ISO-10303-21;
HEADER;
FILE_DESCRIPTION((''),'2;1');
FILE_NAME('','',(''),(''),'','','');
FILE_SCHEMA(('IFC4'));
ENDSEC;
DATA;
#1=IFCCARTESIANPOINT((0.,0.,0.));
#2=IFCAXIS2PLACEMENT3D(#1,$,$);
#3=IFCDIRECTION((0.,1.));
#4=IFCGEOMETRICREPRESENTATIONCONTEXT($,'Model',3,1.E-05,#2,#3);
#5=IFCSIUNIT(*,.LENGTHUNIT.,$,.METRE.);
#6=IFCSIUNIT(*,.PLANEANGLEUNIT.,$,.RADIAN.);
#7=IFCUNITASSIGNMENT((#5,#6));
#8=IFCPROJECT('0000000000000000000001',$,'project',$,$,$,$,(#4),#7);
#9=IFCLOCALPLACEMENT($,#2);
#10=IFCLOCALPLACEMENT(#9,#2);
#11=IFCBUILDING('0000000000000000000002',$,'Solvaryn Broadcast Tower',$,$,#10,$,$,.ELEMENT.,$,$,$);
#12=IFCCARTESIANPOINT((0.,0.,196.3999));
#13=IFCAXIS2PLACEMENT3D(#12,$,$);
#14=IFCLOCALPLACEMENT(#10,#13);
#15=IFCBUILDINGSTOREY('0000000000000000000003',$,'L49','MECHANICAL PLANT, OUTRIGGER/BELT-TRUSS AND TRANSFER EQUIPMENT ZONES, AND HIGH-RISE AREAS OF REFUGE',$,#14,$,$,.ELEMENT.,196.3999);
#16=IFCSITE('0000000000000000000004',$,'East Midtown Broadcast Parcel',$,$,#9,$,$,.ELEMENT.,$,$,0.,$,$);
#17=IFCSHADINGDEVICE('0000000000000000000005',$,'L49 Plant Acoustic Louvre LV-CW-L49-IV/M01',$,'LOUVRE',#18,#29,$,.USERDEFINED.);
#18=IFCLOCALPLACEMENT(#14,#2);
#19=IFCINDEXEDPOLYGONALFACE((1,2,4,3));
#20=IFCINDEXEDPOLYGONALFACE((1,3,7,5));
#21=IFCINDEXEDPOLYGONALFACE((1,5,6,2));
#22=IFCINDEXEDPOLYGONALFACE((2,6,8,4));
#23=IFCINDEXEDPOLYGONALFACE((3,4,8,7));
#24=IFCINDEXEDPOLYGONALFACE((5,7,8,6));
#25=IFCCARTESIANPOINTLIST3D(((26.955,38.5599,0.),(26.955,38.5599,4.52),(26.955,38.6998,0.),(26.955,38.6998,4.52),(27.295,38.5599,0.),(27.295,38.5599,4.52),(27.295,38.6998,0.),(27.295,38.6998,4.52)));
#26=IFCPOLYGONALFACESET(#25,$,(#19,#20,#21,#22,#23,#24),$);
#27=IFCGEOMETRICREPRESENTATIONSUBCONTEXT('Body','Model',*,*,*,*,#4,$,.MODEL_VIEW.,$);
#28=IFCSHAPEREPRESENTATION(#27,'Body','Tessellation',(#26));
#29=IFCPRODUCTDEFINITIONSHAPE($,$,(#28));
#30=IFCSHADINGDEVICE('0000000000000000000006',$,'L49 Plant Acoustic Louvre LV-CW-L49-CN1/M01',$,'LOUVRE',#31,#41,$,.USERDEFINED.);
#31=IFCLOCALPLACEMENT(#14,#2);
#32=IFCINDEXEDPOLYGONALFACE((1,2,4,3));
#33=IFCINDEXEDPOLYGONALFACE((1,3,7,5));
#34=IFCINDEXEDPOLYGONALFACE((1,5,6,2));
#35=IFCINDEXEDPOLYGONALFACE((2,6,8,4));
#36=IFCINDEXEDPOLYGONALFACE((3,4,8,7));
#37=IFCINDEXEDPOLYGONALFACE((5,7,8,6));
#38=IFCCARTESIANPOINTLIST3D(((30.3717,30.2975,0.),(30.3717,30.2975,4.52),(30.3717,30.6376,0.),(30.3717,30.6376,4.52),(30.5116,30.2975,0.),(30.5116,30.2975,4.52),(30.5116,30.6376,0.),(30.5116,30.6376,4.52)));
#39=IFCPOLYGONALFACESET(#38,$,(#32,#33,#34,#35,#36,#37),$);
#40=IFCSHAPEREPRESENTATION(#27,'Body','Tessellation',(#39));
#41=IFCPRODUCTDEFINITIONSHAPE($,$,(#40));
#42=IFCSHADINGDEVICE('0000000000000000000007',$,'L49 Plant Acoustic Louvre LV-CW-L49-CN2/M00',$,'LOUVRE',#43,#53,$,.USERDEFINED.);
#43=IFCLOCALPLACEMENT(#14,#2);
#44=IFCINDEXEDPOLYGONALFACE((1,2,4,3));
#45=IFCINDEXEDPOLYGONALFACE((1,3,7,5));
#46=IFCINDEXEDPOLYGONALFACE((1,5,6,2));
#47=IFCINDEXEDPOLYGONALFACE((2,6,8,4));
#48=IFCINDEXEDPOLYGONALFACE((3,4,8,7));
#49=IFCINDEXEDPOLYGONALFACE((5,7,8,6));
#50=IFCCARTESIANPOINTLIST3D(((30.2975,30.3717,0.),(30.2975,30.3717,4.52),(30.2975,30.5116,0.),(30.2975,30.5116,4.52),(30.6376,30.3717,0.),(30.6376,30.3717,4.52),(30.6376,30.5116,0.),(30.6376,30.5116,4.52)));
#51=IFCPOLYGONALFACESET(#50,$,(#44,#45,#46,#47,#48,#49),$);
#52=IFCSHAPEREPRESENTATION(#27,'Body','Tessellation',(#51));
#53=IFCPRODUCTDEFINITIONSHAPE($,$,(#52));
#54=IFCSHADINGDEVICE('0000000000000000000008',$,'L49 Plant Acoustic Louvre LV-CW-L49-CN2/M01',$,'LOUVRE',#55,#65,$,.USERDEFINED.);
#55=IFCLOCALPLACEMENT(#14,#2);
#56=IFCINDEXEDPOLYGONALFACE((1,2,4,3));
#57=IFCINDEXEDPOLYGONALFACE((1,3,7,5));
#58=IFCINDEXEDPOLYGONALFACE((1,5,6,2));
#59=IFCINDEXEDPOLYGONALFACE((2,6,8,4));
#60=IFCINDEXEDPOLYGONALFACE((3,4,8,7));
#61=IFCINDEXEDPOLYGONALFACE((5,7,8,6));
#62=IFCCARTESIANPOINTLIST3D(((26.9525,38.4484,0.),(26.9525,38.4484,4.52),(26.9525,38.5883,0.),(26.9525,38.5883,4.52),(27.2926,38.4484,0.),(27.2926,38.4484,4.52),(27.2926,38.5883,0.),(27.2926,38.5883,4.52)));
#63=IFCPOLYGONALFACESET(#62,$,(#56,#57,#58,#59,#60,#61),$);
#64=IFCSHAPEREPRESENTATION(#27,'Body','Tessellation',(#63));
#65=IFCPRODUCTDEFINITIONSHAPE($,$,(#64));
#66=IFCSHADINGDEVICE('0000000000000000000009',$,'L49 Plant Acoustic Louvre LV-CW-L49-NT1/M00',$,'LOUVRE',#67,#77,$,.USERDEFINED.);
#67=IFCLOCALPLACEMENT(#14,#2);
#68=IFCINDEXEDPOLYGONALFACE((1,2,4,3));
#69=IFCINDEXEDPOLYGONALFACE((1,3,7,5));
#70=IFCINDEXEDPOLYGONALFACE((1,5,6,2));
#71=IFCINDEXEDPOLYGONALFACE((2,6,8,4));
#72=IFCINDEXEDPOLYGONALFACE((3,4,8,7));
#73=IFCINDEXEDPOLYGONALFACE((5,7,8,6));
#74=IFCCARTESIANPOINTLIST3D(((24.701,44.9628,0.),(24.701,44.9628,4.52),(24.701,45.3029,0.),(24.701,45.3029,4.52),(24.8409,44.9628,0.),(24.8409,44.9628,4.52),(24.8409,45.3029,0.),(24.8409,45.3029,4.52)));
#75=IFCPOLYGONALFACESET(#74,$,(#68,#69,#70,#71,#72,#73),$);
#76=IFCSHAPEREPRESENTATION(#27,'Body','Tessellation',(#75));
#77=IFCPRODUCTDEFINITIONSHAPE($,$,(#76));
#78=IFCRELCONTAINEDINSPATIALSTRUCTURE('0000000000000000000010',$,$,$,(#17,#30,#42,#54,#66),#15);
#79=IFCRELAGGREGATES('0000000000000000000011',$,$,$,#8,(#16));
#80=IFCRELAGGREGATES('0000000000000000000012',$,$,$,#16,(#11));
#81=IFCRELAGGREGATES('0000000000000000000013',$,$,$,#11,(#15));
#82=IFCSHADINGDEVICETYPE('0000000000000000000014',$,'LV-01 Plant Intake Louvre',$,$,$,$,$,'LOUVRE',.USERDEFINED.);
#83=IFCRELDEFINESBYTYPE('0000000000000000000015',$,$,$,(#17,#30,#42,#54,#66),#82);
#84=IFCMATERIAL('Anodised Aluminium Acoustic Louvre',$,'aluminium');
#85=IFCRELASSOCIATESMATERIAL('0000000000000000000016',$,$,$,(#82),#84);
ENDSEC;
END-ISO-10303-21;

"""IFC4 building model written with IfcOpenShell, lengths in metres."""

from ifc_helpers import new_model, si_unit, direction, frame, origin, origin_2d, place, context, subcontext, project, spatial, rectangle, extrude, material, type_object, element, save


model = new_model("IFC4")

# Units and contexts
model_context = context("Model", 3, precision=1e-05, world=origin(), true_north=direction((0.0, 1.0)))
body_context = subcontext(model_context, "Body", "Model", "MODEL_VIEW")
ifc_project = project(units=[si_unit("LENGTHUNIT", "METRE"), si_unit("PLANEANGLEUNIT", "RADIAN")], contexts=[model_context])

# Site, building, storey
site_placement = place(None, origin())
site = spatial("IfcSite", under=ifc_project, at=site_placement, Name="East Midtown Broadcast Parcel", CompositionType="ELEMENT", RefElevation=0.0)
building_placement = place(site_placement, origin())
building = spatial("IfcBuilding", under=site, at=building_placement, Name="Solvaryn Broadcast Tower", CompositionType="ELEMENT")
storey_placement = place(building_placement, frame((0.0, 0.0, 196.3999)))
storey = spatial("IfcBuildingStorey", under=building, at=storey_placement, Name="L49", Description="MECHANICAL PLANT, OUTRIGGER/BELT-TRUSS AND TRANSFER EQUIPMENT ZONES, AND HIGH-RISE AREAS OF REFUGE", CompositionType="ELEMENT", Elevation=196.3999)

# Shading devices
ifc_material_1 = material(Name="Anodised Aluminium Acoustic Louvre", Category="aluminium")
shading_device_type = type_object("IfcShadingDeviceType", Name="LV-01 Plant Intake Louvre", ElementType="LOUVRE", PredefinedType="USERDEFINED", material=ifc_material_1)
for number, where, z_axis, x_axis, name in (
    (1, (27.125, 38.6299, 0.0), (0.0, 0.0, 1.0), (1.0, 0.0, 0.0), "L49 Plant Acoustic Louvre LV-CW-L49-IV/M01"),
):
    element("IfcShadingDevice", number, at=place(storey_placement, frame(where, z_axis=z_axis, x_axis=x_axis)), inside=storey, type_object=shading_device_type, Name=name, ObjectType="LOUVRE", PredefinedType="USERDEFINED", context=body_context, shape_type="SweptSolid", body=[
        extrude(rectangle(XDim=0.3401, YDim=0.1399, at=origin_2d()), origin(), (0.0, 0.0, 1.0), 4.52),
    ])
shading_device_1_placement = place(storey_placement, frame((30.4417, 30.4675, 0.0), z_axis=(0.0, 0.0, 1.0), x_axis=(1.0, 0.0, 0.0)))
element("IfcShadingDevice", 2, at=shading_device_1_placement, inside=storey, type_object=shading_device_type, Name="L49 Plant Acoustic Louvre LV-CW-L49-CN1/M01", ObjectType="LOUVRE", PredefinedType="USERDEFINED", context=body_context, shape_type="SweptSolid", body=[
    extrude(rectangle(XDim=0.1399, YDim=0.3401, at=origin_2d()), origin(), (0.0, 0.0, 1.0), 4.52),
])
for number, where, z_axis, x_axis, name in (
    (3, (30.4675, 30.4417, 0.0), (0.0, 0.0, 1.0), (1.0, 0.0, 0.0), "L49 Plant Acoustic Louvre LV-CW-L49-CN2/M00"),
    (4, (27.1226, 38.5183, 0.0), (0.0, 0.0, 1.0), (1.0, 0.0, 0.0), "L49 Plant Acoustic Louvre LV-CW-L49-CN2/M01"),
):
    element("IfcShadingDevice", number, at=place(storey_placement, frame(where, z_axis=z_axis, x_axis=x_axis)), inside=storey, type_object=shading_device_type, Name=name, ObjectType="LOUVRE", PredefinedType="USERDEFINED", context=body_context, shape_type="SweptSolid", body=[
        extrude(rectangle(XDim=0.3401, YDim=0.1399, at=origin_2d()), origin(), (0.0, 0.0, 1.0), 4.52),
    ])
shading_device_2_placement = place(storey_placement, frame((24.771, 45.1328, 0.0), z_axis=(0.0, 0.0, 1.0), x_axis=(1.0, 0.0, 0.0)))
element("IfcShadingDevice", 5, at=shading_device_2_placement, inside=storey, type_object=shading_device_type, Name="L49 Plant Acoustic Louvre LV-CW-L49-NT1/M00", ObjectType="LOUVRE", PredefinedType="USERDEFINED", context=body_context, shape_type="SweptSolid", body=[
    extrude(rectangle(XDim=0.1399, YDim=0.3401, at=origin_2d()), origin(), (0.0, 0.0, 1.0), 4.52),
])

save(model, "model.ifc")
